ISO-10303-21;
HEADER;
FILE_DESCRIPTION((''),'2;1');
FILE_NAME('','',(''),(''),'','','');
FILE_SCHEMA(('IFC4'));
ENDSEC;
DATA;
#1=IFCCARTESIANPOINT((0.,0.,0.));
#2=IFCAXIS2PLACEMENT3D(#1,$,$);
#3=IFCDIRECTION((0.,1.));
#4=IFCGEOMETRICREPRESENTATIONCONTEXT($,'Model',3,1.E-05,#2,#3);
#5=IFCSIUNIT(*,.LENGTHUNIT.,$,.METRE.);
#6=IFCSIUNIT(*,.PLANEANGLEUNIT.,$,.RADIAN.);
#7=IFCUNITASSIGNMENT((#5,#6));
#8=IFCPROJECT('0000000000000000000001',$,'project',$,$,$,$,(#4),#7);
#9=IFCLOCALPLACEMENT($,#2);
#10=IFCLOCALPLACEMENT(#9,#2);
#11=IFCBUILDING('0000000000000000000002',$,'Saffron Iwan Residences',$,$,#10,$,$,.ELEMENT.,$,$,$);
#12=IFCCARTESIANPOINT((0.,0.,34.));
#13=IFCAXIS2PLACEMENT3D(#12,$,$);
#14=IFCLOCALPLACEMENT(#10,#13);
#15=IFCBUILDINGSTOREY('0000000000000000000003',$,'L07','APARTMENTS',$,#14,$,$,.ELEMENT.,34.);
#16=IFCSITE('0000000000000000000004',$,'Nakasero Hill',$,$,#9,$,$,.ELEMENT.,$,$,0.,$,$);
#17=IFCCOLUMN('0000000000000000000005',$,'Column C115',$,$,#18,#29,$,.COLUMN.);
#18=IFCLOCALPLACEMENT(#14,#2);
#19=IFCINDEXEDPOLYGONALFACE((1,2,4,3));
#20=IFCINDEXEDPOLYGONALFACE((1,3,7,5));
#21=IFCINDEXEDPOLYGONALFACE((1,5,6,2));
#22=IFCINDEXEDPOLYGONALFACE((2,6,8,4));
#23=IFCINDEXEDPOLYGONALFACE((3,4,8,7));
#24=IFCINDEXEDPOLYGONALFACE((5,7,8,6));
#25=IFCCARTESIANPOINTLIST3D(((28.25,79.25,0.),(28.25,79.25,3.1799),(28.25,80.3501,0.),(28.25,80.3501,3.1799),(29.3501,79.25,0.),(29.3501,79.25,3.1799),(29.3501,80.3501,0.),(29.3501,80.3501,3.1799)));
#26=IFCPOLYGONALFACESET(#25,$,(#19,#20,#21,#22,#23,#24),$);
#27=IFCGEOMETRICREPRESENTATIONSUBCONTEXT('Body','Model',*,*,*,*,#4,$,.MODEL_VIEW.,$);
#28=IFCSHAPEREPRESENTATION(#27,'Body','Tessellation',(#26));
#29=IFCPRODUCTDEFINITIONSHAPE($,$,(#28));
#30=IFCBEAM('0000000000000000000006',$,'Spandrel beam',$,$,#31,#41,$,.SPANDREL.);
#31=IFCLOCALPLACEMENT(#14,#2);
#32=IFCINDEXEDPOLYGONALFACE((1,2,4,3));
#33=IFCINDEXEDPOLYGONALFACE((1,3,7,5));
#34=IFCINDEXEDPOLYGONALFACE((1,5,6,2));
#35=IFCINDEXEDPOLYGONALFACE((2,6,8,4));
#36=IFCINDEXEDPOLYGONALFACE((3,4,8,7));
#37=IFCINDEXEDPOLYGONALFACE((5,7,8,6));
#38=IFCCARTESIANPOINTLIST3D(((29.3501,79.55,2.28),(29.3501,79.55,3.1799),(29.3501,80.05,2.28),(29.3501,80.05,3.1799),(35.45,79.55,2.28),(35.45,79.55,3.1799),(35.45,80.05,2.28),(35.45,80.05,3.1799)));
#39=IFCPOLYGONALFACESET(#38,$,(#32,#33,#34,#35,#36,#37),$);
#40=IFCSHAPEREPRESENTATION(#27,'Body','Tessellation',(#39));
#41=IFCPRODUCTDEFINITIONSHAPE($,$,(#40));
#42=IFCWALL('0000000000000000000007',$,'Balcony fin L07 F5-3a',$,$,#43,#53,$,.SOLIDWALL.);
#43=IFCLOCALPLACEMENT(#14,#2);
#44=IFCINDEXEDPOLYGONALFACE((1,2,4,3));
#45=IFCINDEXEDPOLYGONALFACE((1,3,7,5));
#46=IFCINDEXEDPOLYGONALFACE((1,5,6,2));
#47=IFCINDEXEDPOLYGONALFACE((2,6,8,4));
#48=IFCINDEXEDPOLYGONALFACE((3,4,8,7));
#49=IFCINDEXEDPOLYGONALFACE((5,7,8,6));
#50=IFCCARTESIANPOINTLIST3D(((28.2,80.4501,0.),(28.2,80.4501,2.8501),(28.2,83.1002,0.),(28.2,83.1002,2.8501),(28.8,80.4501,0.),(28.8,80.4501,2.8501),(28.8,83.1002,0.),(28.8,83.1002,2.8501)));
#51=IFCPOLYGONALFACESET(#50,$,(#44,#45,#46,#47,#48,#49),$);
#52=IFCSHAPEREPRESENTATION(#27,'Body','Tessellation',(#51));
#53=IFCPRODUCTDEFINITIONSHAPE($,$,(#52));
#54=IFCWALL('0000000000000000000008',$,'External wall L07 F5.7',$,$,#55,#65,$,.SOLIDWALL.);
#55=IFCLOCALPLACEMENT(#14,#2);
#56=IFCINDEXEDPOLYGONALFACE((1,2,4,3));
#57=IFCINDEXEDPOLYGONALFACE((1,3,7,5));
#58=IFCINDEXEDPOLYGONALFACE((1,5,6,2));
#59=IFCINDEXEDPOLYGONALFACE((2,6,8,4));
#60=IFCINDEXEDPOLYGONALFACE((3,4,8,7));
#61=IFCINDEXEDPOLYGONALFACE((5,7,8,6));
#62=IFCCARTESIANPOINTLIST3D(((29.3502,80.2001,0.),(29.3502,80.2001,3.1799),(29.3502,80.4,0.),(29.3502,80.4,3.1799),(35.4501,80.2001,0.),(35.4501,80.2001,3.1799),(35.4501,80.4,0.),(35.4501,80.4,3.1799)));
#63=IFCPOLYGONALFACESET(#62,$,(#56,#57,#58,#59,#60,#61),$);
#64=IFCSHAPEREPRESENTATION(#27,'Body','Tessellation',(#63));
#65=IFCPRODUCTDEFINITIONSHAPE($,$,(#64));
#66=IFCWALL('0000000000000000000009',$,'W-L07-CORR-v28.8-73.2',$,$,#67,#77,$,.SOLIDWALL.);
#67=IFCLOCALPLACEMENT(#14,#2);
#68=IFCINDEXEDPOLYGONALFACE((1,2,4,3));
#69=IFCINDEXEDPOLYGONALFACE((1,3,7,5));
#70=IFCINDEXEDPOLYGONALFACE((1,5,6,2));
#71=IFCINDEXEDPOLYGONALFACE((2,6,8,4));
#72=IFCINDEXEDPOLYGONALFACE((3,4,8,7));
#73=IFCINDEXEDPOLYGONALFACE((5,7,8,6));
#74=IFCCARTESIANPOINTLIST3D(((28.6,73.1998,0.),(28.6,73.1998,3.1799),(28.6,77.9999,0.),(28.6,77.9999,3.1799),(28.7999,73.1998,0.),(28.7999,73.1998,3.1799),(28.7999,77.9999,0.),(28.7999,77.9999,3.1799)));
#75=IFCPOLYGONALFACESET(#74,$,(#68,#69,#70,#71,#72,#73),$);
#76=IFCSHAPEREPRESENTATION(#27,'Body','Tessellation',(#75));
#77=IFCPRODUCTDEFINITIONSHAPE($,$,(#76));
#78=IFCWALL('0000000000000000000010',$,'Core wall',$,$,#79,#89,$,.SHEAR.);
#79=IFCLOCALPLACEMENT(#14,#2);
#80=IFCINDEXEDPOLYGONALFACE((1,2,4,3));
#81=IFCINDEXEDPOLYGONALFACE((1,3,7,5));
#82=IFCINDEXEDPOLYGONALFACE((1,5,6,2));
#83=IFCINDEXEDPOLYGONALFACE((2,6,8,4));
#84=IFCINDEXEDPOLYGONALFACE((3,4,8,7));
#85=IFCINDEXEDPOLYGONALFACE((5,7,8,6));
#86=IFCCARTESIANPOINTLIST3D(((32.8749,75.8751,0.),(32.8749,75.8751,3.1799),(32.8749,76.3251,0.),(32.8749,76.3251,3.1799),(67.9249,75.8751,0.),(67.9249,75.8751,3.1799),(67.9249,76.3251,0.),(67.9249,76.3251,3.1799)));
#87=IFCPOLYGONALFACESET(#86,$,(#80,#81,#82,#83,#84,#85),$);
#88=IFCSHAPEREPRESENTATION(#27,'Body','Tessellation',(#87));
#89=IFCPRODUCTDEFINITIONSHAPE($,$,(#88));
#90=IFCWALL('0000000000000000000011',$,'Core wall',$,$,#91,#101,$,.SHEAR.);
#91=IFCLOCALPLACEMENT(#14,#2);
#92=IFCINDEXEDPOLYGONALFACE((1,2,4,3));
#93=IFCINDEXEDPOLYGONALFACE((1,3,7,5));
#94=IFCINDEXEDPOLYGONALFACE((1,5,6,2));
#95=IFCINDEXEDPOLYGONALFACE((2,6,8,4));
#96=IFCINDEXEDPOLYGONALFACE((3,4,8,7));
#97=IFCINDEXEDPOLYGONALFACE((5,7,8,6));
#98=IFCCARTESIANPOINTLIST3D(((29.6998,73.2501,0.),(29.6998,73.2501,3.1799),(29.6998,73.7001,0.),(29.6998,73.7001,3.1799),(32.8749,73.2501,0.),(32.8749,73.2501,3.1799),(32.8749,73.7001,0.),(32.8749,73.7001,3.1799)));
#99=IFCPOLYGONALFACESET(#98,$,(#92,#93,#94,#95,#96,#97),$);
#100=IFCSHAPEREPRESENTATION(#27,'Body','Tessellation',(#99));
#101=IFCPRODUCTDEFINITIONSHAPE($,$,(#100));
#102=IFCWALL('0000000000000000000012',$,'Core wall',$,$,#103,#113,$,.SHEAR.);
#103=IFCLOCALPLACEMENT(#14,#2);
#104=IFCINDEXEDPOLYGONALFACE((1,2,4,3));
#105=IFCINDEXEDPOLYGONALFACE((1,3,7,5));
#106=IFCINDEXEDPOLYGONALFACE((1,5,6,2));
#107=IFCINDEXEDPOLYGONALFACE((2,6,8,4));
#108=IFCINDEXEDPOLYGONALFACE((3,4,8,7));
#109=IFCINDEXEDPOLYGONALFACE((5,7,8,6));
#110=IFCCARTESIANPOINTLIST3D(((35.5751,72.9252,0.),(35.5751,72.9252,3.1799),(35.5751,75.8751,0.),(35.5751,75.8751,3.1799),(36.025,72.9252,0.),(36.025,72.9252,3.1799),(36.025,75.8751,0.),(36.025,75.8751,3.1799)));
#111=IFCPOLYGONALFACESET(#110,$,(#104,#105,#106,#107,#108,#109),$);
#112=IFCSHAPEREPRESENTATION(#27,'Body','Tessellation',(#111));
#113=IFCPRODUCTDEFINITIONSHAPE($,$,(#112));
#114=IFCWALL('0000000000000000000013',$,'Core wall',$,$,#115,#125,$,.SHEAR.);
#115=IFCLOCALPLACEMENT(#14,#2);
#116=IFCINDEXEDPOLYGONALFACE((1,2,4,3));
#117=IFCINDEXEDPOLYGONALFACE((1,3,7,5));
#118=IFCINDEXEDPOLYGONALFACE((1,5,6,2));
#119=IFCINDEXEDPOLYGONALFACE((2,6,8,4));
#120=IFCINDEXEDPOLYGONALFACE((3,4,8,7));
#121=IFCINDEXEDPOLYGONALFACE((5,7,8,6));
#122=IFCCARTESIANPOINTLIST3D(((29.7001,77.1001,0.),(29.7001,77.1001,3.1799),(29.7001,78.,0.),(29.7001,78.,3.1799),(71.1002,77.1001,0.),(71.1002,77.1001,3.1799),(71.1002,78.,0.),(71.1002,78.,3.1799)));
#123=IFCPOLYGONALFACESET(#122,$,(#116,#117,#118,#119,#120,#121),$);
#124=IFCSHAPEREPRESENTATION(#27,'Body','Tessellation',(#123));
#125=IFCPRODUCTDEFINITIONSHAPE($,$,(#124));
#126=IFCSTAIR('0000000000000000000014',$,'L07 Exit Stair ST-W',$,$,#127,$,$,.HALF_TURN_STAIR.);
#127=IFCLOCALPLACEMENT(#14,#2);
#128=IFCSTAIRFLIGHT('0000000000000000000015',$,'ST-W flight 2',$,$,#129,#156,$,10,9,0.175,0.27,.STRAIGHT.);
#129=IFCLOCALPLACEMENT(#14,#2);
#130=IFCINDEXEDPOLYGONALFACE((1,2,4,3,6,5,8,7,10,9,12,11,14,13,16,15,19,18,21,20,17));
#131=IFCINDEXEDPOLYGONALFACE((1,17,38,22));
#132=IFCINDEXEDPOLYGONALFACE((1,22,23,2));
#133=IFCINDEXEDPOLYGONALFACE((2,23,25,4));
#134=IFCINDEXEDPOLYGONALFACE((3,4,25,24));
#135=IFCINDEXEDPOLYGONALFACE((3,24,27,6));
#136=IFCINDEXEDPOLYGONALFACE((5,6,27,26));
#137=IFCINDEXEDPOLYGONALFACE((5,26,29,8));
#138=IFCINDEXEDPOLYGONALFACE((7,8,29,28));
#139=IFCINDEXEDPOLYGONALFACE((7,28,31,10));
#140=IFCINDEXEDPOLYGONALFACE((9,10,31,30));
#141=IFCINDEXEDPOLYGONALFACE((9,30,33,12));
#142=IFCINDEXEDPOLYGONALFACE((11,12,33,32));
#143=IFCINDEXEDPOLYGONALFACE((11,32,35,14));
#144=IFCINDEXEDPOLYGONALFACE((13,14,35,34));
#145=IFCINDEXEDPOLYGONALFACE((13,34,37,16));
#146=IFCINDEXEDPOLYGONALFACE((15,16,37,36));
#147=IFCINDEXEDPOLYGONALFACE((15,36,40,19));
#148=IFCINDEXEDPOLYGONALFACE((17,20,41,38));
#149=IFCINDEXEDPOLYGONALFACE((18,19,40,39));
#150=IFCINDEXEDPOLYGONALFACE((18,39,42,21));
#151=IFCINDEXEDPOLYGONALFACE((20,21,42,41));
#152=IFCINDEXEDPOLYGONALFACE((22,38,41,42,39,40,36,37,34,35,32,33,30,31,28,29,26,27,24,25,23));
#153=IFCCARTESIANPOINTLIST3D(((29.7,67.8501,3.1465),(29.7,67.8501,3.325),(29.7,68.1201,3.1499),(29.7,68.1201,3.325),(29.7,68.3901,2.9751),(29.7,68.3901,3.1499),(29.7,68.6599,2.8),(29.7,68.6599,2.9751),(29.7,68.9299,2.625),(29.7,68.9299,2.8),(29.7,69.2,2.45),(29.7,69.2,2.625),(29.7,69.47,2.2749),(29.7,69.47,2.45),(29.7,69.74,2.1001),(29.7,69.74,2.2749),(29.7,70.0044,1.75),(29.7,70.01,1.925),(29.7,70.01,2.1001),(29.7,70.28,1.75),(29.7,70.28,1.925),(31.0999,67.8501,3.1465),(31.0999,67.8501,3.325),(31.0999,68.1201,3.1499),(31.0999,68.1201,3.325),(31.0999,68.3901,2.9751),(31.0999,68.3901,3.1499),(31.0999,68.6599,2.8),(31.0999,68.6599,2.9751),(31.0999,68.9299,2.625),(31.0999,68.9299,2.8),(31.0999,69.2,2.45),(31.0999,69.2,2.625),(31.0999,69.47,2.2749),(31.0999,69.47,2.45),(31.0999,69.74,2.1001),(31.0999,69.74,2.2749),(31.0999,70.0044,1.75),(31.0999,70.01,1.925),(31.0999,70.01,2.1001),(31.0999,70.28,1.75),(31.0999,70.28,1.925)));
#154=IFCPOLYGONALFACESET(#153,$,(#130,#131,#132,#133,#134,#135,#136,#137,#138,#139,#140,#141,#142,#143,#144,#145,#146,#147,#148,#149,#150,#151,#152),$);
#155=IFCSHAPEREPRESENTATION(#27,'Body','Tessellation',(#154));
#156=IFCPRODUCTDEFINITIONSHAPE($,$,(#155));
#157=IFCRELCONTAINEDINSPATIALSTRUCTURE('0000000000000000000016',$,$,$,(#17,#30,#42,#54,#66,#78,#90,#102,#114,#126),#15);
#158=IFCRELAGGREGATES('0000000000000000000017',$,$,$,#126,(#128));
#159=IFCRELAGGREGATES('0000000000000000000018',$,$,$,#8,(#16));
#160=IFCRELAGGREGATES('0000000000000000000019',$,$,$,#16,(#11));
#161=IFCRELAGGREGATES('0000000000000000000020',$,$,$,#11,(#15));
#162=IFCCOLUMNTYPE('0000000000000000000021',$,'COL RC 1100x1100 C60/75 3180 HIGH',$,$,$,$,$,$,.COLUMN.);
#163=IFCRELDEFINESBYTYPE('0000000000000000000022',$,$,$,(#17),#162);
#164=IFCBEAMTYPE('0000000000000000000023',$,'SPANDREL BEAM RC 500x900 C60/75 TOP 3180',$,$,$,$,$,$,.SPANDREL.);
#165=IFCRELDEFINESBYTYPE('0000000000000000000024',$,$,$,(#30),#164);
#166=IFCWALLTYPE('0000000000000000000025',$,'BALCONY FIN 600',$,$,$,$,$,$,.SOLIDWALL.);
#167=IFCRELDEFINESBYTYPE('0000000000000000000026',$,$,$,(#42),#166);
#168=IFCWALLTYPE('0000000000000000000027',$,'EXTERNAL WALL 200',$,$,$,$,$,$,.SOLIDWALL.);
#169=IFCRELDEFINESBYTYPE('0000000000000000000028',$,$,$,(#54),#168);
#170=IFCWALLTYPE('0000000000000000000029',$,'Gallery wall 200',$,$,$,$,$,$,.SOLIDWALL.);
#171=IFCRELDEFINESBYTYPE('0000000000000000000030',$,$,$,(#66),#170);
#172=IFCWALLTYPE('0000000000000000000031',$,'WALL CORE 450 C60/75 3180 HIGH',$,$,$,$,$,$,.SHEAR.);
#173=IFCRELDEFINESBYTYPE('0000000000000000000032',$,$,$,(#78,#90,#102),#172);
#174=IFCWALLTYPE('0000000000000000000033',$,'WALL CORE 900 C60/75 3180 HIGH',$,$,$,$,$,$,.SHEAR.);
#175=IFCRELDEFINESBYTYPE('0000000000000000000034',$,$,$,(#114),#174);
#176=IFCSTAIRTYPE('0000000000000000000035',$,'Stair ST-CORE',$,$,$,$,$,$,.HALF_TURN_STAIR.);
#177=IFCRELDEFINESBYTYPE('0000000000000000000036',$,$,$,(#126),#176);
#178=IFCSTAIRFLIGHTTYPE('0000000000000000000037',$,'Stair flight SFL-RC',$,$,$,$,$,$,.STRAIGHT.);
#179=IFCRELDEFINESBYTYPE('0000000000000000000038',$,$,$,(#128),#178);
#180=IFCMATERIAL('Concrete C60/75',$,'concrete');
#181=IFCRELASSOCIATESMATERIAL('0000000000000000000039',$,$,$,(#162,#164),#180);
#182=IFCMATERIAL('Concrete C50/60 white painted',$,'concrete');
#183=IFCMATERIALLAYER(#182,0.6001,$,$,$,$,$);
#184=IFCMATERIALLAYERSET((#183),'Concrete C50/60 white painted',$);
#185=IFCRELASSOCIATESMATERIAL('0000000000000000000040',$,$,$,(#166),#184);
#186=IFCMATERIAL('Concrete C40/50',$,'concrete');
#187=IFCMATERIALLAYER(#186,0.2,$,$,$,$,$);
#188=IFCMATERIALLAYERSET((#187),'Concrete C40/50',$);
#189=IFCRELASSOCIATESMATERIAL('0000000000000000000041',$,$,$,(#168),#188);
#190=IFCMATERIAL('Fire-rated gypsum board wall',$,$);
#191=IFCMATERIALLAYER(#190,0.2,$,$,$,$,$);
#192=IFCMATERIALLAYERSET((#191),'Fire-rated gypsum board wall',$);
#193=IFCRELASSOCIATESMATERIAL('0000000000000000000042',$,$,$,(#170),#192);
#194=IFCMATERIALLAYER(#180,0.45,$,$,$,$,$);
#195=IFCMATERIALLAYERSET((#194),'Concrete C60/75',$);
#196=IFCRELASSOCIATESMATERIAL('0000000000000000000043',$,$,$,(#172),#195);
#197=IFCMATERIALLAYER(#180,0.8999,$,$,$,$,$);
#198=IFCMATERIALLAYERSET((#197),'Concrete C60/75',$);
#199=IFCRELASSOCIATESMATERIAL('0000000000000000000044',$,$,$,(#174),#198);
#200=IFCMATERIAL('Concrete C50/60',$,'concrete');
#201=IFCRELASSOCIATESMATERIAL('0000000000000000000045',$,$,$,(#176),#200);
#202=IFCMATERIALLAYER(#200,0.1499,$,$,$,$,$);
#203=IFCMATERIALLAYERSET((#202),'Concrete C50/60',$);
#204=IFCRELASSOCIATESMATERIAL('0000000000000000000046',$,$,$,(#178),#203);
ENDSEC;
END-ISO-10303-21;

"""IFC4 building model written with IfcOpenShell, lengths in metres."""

from ifc_helpers import new_model, si_unit, direction, frame, frame_2d, origin, origin_2d, place, context, subcontext, project, spatial, polyline, rectangle, outline, extrude, source, transform, mapped, material, layer, layer_set, material_profile, profile_set, type_object, element, aggregate, save


model = new_model("IFC4")

# Units and contexts
model_context = context("Model", 3, precision=1e-05, world=origin(), true_north=direction((0.0, 1.0)))
body_context = subcontext(model_context, "Body", "Model", "MODEL_VIEW")
ifc_project = project(units=[si_unit("LENGTHUNIT", "METRE"), si_unit("PLANEANGLEUNIT", "RADIAN")], contexts=[model_context])

# Site, building, storey
site_placement = place(None, origin())
site = spatial("IfcSite", under=ifc_project, at=site_placement, Name="Nakasero Hill", CompositionType="ELEMENT", RefElevation=0.0)
building_placement = place(site_placement, origin())
building = spatial("IfcBuilding", under=site, at=building_placement, Name="Saffron Iwan Residences", CompositionType="ELEMENT")
storey_placement = place(building_placement, frame((0.0, 0.0, 34.0)))
storey = spatial("IfcBuildingStorey", under=building, at=storey_placement, Name="L07", Description="APARTMENTS", CompositionType="ELEMENT", Elevation=34.0)

# Column
ifc_material_1 = material(Name="Concrete C60/75", Category="concrete")
ifc_material_profile_1 = material_profile(ifc_material_1, rectangle(XDim=1.1001, YDim=1.1001, at=origin_2d()), Name="RC 1100x1100")
ifc_profile_set_1 = profile_set([ifc_material_profile_1], Name="Concrete C60/75")
column_type = type_object("IfcColumnType", Name="COL RC 1100x1100 C60/75 3180 HIGH", PredefinedType="COLUMN", material=ifc_profile_set_1)
shared_shape_1 = source(origin(), body_context, "Body", "SweptSolid", [
    extrude(rectangle(XDim=1.1001, YDim=1.1001, at=origin_2d()), origin(), (0.0, 0.0, 1.0), 3.1799),
])
column_placement = place(storey_placement, frame((28.8, 79.8, 0.0), z_axis=(0.0, 0.0, 1.0), x_axis=(1.0, 0.0, 0.0)))
element("IfcColumn", 1, at=column_placement, inside=storey, type_object=column_type, Name="Column C115", PredefinedType="COLUMN", context=body_context, shape_type="MappedRepresentation", body=[
    mapped(shared_shape_1, transform((0.0, 0.0, 0.0))),
])

# Beam
ifc_material_profile_2 = material_profile(ifc_material_1, rectangle(XDim=0.5, YDim=0.8999, at=origin_2d()), Name="RC 500x900")
ifc_profile_set_2 = profile_set([ifc_material_profile_2], Name="Concrete C60/75")
beam_type = type_object("IfcBeamType", Name="SPANDREL BEAM RC 500x900 C60/75 TOP 3180", PredefinedType="SPANDREL", material=ifc_profile_set_2)
shared_shape_2 = source(origin(), body_context, "Body", "SweptSolid", [
    extrude(rectangle(XDim=0.5, YDim=0.8999, at=origin_2d()), origin(), (0.0, 0.0, 1.0), 6.0999),
])
beam_placement = place(storey_placement, frame((29.3501, 79.8, 2.73), z_axis=(1.0, 0.0, 0.0), x_axis=(0.0, 1.0, 0.0)))
element("IfcBeam", 2, at=beam_placement, inside=storey, type_object=beam_type, Name="Spandrel beam", PredefinedType="SPANDREL", context=body_context, shape_type="MappedRepresentation", body=[
    mapped(shared_shape_2, transform((0.0, 0.0, 0.0))),
])

# Walls
ifc_material_2 = material(Name="Concrete C50/60 white painted", Category="concrete")
ifc_layer_1 = layer(ifc_material_2, 0.6001)
ifc_layer_set_1 = layer_set([ifc_layer_1], Name="Concrete C50/60 white painted")
wall_type_1 = type_object("IfcWallType", Name="BALCONY FIN 600", PredefinedType="SOLIDWALL", material=ifc_layer_set_1)
wall_1_placement = place(storey_placement, frame((28.5, 80.45, 0.0), z_axis=(0.0, 0.0, 1.0), x_axis=(0.0, 1.0, 0.0)))
element("IfcWall", 3, at=wall_1_placement, inside=storey, type_object=wall_type_1, Name="Balcony fin L07 F5-3a", PredefinedType="SOLIDWALL", context=body_context, shape_type="SweptSolid", body=[
    extrude(rectangle(XDim=2.6501, YDim=0.6001, at=frame_2d((1.3252, 0.0))), origin(), (0.0, 0.0, 1.0), 2.8501),
])
ifc_material_3 = material(Name="Concrete C40/50", Category="concrete")
ifc_layer_2 = layer(ifc_material_3, 0.2)
ifc_layer_set_2 = layer_set([ifc_layer_2], Name="Concrete C40/50")
wall_type_2 = type_object("IfcWallType", Name="EXTERNAL WALL 200", PredefinedType="SOLIDWALL", material=ifc_layer_set_2)
wall_2_placement = place(storey_placement, frame((35.45, 80.3, 0.0), z_axis=(0.0, 0.0, 1.0), x_axis=(-1.0, 0.0, 0.0)))
element("IfcWall", 4, at=wall_2_placement, inside=storey, type_object=wall_type_2, Name="External wall L07 F5.7", PredefinedType="SOLIDWALL", context=body_context, shape_type="SweptSolid", body=[
    extrude(rectangle(XDim=6.0999, YDim=0.2, at=frame_2d((3.0498, 0.0))), origin(), (0.0, 0.0, 1.0), 3.1799),
])
ifc_material_4 = material(Name="Fire-rated gypsum board wall")
ifc_layer_3 = layer(ifc_material_4, 0.2)
ifc_layer_set_3 = layer_set([ifc_layer_3], Name="Fire-rated gypsum board wall")
wall_type_3 = type_object("IfcWallType", Name="Gallery wall 200", PredefinedType="SOLIDWALL", material=ifc_layer_set_3)
wall_3_placement = place(storey_placement, frame((28.7, 73.2, 0.0), z_axis=(0.0, 0.0, 1.0), x_axis=(0.0, 1.0, 0.0)))
element("IfcWall", 5, at=wall_3_placement, inside=storey, type_object=wall_type_3, Name="W-L07-CORR-v28.8-73.2", PredefinedType="SOLIDWALL", context=body_context, shape_type="SweptSolid", body=[
    extrude(rectangle(XDim=4.8, YDim=0.2, at=frame_2d((2.3999, 0.0))), origin(), (0.0, 0.0, 1.0), 3.1799),
])

# Shared definitions
ifc_layer_4 = layer(ifc_material_1, 0.45)
ifc_layer_set_4 = layer_set([ifc_layer_4], Name="Concrete C60/75")
wall_type_4 = type_object("IfcWallType", Name="WALL CORE 450 C60/75 3180 HIGH", PredefinedType="SHEAR", material=ifc_layer_set_4)

# Walls
wall_4_placement = place(storey_placement, frame((32.875, 76.1001, 0.0), z_axis=(0.0, 0.0, 1.0), x_axis=(1.0, 0.0, 0.0)))
element("IfcWall", 6, at=wall_4_placement, inside=storey, type_object=wall_type_4, Name="Core wall", PredefinedType="SHEAR", context=body_context, shape_type="SweptSolid", body=[
    extrude(rectangle(XDim=35.05, YDim=0.45, at=frame_2d((17.5249, 0.0))), origin(), (0.0, 0.0, 1.0), 3.1799),
])
wall_5_placement = place(storey_placement, frame((29.7, 73.4751, 0.0), z_axis=(0.0, 0.0, 1.0), x_axis=(1.0, 0.0, 0.0)))
element("IfcWall", 7, at=wall_5_placement, inside=storey, type_object=wall_type_4, Name="Core wall", PredefinedType="SHEAR", context=body_context, shape_type="SweptSolid", body=[
    extrude(rectangle(XDim=3.175, YDim=0.45, at=frame_2d((1.5874, 0.0))), origin(), (0.0, 0.0, 1.0), 3.1799),
])
wall_6_placement = place(storey_placement, frame((35.8, 72.925, 0.0), z_axis=(0.0, 0.0, 1.0), x_axis=(0.0, 1.0, 0.0)))
element("IfcWall", 8, at=wall_6_placement, inside=storey, type_object=wall_type_4, Name="Core wall", PredefinedType="SHEAR", context=body_context, shape_type="SweptSolid", body=[
    extrude(rectangle(XDim=2.95, YDim=0.45, at=frame_2d((1.4751, 0.0))), origin(), (0.0, 0.0, 1.0), 3.1799),
])
ifc_layer_5 = layer(ifc_material_1, 0.8999)
ifc_layer_set_5 = layer_set([ifc_layer_5], Name="Concrete C60/75")
wall_type_5 = type_object("IfcWallType", Name="WALL CORE 900 C60/75 3180 HIGH", PredefinedType="SHEAR", material=ifc_layer_set_5)
wall_7_placement = place(storey_placement, frame((29.7, 77.55, 0.0), z_axis=(0.0, 0.0, 1.0), x_axis=(1.0, 0.0, 0.0)))
element("IfcWall", 9, at=wall_7_placement, inside=storey, type_object=wall_type_5, Name="Core wall", PredefinedType="SHEAR", context=body_context, shape_type="SweptSolid", body=[
    extrude(rectangle(XDim=41.4001, YDim=0.8999, at=frame_2d((20.7002, 0.0))), origin(), (0.0, 0.0, 1.0), 3.1799),
])

# Stair, stair flight
ifc_material_5 = material(Name="Concrete C50/60", Category="concrete")
stair_type = type_object("IfcStairType", Name="Stair ST-CORE", PredefinedType="HALF_TURN_STAIR", material=ifc_material_5)
stair_placement = place(storey_placement, origin())
stair = element("IfcStair", 10, at=stair_placement, inside=storey, type_object=stair_type, Name="L07 Exit Stair ST-W", PredefinedType="HALF_TURN_STAIR")
ifc_layer_6 = layer(ifc_material_5, 0.1499)
ifc_layer_set_6 = layer_set([ifc_layer_6], Name="Concrete C50/60")
stair_flight_type = type_object("IfcStairFlightType", Name="Stair flight SFL-RC", PredefinedType="STRAIGHT", material=ifc_layer_set_6)
stair_flight_placement = place(storey_placement, frame((30.3999, 70.28, 1.75), z_axis=(0.0, 0.0, 1.0), x_axis=(0.0, -1.0, 0.0)))
stair_flight = element("IfcStairFlight", 11, at=stair_flight_placement, type_object=stair_flight_type, Name="ST-W flight 2", NumberOfRisers=10, NumberOfTreads=9, PredefinedType="STRAIGHT", RiserHeight=0.175, TreadLength=0.27, context=body_context, shape_type="SweptSolid", body=[
    extrude(outline(polyline([(0.0, 0.0), (0.0, 0.175), (0.27, 0.175), (0.27, 0.3501), (0.54, 0.3501), (0.54, 0.5249), (0.8101, 0.5249), (0.8101, 0.7), (1.0801, 0.7), (1.0801, 0.875), (1.3501, 0.875), (1.3501, 1.05), (1.6201, 1.05), (1.6201, 1.2251), (1.8899, 1.2251), (1.8899, 1.3999), (2.1599, 1.3999), (2.1599, 1.575), (2.4299, 1.575), (2.4299, 1.75), (2.4299, 1.3965), (0.2756, 0.0), (0.0, 0.0)])), frame((0.0, 0.7, 0.0), z_axis=(0.0, -1.0, 0.0), x_axis=(1.0, 0.0, 0.0)), (0.0, 0.0, 1.0), 1.3999),
])
aggregate(stair, [stair_flight])

save(model, "model.ifc")
